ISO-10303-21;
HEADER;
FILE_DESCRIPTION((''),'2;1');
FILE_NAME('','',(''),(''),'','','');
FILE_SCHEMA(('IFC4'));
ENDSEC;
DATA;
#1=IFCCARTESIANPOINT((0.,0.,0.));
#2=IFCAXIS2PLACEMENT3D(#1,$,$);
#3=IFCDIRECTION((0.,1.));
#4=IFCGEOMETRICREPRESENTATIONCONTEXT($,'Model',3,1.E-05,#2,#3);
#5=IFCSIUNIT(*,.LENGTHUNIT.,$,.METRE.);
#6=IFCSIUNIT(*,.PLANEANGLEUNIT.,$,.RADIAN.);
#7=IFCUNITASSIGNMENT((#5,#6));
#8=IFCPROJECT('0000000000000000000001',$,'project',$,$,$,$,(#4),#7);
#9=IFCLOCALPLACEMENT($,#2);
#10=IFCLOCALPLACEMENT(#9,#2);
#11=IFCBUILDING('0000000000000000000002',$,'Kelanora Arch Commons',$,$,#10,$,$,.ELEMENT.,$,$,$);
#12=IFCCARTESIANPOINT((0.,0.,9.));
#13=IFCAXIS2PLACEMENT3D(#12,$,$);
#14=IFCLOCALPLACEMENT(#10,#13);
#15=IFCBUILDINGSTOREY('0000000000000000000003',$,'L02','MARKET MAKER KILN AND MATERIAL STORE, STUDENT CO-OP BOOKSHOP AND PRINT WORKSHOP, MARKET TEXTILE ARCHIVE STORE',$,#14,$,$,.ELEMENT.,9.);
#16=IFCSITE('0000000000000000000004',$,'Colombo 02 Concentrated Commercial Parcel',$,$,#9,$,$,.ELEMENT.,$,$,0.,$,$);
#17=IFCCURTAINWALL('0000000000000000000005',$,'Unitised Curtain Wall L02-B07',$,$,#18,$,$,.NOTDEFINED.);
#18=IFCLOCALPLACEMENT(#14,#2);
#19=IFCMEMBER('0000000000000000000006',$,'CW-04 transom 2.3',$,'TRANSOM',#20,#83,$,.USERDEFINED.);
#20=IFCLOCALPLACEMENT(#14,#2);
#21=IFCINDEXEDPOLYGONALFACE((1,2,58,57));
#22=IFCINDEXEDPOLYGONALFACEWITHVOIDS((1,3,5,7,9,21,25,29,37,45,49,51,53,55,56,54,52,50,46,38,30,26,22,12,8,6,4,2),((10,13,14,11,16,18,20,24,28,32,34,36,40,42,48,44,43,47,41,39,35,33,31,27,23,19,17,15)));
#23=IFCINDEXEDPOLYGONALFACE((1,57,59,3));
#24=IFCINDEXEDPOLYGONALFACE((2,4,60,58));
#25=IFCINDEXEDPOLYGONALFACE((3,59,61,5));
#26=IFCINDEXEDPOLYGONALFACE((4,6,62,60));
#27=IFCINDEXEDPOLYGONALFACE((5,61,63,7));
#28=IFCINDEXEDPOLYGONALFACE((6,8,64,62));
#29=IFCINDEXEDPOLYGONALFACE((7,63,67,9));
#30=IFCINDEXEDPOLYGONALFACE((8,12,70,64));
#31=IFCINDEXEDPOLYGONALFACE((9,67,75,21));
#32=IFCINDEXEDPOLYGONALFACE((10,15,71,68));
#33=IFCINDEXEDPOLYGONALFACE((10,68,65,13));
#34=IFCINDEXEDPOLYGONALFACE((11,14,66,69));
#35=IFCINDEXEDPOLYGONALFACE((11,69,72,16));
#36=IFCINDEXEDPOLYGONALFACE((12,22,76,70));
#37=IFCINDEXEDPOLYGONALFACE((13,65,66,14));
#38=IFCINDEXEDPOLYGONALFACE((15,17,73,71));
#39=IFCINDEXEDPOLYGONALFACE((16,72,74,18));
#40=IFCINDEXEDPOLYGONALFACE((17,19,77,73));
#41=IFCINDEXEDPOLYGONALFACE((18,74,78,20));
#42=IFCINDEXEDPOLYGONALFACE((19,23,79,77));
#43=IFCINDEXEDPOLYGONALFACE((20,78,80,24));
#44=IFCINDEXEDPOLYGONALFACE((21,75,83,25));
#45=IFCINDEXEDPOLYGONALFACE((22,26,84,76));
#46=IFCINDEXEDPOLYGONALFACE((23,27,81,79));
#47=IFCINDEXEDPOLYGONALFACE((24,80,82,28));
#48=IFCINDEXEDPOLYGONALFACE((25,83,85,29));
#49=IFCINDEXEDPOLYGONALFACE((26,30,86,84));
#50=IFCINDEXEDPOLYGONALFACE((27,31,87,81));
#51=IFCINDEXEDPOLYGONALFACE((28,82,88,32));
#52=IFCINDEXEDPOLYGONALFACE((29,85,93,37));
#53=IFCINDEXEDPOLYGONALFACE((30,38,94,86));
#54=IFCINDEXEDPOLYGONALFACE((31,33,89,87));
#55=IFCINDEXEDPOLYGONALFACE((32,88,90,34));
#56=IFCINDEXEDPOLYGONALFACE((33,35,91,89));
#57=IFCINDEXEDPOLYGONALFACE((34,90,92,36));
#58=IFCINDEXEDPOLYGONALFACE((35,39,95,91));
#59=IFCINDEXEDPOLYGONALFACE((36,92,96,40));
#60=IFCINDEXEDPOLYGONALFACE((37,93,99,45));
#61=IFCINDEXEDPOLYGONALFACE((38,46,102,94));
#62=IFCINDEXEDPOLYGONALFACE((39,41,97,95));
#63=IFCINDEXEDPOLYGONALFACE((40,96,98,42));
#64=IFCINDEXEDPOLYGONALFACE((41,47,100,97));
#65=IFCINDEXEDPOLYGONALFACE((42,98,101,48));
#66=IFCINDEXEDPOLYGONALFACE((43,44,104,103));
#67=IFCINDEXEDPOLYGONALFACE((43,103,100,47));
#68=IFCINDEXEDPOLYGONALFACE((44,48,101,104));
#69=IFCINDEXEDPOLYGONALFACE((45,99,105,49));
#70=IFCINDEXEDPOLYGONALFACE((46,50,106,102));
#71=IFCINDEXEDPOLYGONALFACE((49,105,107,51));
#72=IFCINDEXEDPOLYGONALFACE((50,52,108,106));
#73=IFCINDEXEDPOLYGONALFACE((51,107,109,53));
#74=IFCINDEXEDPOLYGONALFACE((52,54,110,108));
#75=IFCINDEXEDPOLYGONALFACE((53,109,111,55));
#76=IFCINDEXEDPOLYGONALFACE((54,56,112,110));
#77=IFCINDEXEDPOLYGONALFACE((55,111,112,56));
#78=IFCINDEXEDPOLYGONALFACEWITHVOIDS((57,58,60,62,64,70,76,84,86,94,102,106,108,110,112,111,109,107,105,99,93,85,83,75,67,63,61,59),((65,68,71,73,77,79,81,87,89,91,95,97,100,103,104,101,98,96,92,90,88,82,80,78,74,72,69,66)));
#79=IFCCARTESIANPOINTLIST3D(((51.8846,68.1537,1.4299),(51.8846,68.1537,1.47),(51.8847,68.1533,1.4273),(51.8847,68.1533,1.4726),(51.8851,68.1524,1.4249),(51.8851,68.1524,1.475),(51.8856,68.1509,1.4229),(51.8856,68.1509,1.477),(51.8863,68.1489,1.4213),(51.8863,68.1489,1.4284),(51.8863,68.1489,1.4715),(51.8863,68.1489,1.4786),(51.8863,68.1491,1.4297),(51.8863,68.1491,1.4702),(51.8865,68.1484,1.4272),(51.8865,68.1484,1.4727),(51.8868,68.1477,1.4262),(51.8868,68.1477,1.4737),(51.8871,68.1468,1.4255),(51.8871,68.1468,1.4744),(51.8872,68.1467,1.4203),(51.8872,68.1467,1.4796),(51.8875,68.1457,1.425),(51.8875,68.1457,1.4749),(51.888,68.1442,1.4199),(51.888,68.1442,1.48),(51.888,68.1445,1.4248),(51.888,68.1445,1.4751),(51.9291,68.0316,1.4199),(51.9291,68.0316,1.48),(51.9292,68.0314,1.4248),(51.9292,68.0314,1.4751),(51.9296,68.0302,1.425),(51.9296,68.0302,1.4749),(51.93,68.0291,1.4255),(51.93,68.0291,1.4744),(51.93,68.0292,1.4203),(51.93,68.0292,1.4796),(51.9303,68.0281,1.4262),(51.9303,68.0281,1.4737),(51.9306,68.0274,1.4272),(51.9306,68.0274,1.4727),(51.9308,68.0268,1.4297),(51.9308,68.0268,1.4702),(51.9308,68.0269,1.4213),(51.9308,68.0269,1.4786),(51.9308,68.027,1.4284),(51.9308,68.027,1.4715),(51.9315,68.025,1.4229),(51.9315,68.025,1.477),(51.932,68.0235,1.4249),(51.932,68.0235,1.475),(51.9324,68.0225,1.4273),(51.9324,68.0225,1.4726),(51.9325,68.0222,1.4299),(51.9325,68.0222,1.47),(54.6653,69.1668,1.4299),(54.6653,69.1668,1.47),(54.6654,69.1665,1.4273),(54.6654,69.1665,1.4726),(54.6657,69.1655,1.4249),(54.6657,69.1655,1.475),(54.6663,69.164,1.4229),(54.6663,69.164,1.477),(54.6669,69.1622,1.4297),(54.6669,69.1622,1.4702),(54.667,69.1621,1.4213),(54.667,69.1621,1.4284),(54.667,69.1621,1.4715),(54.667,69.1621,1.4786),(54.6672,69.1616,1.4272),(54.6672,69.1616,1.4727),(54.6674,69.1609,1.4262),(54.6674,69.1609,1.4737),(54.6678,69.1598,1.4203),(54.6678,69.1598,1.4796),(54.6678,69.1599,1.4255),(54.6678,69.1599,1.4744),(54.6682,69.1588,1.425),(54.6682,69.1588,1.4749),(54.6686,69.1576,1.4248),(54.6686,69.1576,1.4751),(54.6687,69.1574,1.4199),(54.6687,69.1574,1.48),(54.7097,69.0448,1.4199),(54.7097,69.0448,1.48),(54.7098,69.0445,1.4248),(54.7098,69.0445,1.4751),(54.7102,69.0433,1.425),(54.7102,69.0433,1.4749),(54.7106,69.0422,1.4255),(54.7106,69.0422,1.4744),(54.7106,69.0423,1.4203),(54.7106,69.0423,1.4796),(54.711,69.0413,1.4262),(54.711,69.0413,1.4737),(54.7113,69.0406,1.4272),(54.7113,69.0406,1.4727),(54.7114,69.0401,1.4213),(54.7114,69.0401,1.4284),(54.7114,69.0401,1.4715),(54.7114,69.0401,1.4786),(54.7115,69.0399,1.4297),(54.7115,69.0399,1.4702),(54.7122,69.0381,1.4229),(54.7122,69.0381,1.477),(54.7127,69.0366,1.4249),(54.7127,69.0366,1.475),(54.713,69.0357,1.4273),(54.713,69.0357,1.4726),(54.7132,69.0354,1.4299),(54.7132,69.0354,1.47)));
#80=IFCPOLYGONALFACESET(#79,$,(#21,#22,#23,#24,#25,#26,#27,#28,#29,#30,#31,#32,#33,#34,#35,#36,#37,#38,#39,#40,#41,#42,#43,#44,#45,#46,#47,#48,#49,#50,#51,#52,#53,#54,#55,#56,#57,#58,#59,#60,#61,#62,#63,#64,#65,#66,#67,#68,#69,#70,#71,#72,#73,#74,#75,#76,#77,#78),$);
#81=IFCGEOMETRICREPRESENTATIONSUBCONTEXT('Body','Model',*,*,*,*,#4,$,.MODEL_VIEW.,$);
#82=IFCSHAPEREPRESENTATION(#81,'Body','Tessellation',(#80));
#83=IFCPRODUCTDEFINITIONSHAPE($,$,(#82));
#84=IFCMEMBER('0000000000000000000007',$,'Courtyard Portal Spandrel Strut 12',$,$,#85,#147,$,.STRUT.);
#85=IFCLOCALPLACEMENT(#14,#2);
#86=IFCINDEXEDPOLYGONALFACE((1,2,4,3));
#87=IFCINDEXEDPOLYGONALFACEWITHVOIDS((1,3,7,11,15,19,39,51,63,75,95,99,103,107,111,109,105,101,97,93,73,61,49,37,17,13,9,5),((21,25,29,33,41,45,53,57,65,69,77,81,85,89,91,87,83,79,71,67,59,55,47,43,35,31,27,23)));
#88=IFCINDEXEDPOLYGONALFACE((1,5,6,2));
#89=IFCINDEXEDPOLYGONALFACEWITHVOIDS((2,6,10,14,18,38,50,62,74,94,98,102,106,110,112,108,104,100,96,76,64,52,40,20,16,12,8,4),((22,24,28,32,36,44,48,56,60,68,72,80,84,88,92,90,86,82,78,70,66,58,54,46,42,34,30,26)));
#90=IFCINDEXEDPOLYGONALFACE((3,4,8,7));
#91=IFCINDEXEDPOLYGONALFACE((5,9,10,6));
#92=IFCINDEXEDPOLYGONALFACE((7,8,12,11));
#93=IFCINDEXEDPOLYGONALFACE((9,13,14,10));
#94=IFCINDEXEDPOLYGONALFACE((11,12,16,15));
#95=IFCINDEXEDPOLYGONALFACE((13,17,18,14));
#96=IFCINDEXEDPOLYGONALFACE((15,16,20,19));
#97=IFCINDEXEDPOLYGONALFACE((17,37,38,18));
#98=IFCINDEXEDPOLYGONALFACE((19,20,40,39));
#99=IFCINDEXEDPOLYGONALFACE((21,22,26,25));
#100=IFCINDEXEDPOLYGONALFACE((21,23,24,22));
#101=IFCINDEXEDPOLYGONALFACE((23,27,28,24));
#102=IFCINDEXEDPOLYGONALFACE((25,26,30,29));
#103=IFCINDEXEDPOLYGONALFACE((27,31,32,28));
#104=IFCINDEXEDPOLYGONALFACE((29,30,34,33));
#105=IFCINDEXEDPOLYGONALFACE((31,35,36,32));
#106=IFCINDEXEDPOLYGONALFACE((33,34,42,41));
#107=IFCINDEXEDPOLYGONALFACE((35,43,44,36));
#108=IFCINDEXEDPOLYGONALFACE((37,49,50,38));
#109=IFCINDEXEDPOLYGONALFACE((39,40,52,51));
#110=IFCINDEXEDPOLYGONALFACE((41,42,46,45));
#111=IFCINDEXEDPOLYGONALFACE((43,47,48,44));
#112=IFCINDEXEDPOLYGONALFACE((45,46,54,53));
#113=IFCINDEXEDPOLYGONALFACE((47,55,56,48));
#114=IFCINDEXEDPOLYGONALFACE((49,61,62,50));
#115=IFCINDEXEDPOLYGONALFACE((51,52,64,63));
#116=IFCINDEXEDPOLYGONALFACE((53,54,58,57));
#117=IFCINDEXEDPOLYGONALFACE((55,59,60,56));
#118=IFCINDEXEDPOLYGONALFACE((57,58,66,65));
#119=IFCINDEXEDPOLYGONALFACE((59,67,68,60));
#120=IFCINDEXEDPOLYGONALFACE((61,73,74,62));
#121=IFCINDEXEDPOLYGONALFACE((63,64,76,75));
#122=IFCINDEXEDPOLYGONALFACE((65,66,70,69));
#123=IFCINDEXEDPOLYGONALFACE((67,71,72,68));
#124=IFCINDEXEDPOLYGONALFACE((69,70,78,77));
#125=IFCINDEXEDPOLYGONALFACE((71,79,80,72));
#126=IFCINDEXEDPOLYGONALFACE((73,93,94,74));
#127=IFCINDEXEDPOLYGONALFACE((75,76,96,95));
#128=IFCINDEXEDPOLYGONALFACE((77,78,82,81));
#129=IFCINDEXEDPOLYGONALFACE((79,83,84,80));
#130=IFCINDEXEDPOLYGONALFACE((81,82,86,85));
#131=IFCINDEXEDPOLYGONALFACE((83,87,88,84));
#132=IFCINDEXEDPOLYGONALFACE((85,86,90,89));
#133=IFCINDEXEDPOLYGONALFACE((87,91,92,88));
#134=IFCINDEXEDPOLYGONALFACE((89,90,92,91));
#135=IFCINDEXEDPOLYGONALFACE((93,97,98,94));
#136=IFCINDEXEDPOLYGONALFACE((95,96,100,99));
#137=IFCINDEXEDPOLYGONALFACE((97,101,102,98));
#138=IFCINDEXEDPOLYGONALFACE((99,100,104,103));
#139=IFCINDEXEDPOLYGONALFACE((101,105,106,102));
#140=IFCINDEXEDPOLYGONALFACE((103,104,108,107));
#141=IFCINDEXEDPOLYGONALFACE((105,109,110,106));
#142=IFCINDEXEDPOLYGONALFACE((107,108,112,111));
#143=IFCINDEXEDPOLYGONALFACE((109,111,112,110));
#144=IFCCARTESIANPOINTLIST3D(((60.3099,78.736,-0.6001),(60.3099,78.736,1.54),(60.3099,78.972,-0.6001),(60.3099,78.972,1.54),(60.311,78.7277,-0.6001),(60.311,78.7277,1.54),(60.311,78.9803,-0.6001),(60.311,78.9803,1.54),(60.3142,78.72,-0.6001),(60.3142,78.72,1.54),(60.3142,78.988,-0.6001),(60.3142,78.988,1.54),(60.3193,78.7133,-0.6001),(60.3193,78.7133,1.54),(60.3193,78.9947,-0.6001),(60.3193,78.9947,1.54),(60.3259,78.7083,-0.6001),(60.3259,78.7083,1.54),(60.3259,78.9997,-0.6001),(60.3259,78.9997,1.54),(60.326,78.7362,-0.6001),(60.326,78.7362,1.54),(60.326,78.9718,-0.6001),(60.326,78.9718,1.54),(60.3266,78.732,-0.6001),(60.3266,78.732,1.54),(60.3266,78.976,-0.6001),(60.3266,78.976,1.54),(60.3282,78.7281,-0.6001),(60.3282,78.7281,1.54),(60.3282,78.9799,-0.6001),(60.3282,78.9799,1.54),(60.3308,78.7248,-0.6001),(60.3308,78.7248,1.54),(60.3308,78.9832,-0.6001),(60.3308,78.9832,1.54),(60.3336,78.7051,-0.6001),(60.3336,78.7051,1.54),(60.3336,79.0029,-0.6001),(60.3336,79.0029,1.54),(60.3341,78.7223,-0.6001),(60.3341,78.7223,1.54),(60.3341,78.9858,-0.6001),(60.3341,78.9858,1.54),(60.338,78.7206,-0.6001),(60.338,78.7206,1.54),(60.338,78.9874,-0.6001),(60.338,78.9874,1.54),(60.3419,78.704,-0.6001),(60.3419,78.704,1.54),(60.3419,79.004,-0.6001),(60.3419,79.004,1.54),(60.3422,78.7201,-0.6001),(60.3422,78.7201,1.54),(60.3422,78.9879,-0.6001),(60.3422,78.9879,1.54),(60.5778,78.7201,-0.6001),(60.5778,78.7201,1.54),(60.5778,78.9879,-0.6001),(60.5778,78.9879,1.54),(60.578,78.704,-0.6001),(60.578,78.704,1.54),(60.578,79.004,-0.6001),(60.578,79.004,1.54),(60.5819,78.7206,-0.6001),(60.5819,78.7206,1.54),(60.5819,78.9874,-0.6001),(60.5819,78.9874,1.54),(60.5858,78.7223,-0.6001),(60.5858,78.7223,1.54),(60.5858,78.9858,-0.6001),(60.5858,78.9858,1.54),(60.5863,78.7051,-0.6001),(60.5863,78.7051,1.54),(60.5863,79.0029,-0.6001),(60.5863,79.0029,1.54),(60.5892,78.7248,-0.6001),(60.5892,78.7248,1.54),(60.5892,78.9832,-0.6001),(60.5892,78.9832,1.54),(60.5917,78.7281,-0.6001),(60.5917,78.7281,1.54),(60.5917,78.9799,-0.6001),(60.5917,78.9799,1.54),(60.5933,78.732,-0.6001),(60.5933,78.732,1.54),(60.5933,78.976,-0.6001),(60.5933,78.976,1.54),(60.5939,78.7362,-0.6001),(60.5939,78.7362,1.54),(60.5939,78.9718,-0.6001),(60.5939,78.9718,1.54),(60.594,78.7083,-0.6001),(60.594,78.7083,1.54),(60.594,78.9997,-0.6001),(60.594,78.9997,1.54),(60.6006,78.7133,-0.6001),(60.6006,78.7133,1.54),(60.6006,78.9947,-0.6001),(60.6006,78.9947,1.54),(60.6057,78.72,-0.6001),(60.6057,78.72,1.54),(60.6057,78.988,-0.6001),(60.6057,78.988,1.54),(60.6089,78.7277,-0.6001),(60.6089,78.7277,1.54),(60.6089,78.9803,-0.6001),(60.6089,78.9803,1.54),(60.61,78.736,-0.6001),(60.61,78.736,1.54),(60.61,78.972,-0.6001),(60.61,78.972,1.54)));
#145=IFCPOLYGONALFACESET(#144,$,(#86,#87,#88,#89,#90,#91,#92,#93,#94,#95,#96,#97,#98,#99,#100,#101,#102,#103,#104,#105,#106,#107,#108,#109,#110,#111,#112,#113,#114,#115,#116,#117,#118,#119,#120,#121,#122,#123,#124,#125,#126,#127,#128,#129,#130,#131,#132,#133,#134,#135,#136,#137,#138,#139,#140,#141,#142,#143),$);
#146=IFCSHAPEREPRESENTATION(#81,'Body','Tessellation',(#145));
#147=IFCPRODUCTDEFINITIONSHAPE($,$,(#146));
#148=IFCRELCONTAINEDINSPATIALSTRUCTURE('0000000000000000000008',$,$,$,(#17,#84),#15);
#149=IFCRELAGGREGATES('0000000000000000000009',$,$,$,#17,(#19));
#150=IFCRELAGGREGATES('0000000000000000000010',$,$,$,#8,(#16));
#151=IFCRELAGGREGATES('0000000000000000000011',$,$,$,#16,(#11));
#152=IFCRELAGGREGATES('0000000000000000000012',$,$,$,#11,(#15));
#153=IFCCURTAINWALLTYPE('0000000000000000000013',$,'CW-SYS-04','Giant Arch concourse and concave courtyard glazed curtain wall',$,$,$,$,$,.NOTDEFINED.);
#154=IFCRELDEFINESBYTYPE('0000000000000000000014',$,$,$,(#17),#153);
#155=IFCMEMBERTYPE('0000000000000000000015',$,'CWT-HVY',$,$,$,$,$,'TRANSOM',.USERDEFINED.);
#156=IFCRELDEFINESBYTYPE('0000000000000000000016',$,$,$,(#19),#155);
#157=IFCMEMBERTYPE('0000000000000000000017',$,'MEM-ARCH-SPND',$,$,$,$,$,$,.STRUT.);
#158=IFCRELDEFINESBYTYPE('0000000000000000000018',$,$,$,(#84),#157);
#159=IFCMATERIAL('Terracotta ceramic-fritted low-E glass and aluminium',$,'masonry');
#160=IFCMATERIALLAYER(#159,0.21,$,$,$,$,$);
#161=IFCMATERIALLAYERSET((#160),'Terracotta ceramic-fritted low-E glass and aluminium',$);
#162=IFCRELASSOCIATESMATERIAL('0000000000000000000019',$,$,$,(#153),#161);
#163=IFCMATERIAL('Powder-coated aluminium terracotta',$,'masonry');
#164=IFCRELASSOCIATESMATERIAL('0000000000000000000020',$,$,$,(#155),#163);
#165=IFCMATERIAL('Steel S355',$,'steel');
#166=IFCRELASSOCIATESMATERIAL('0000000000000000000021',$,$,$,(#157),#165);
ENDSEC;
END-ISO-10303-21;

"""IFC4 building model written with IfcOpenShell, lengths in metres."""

from ifc_helpers import new_model, si_unit, direction, frame, origin, origin_2d, place, context, subcontext, project, spatial, hollow_rectangle, extrude, material, layer, layer_set, material_profile, profile_set, type_object, element, aggregate, save


model = new_model("IFC4")

# Units and contexts
model_context = context("Model", 3, precision=1e-05, world=origin(), true_north=direction((0.0, 1.0)))
body_context = subcontext(model_context, "Body", "Model", "MODEL_VIEW")
ifc_project = project(units=[si_unit("LENGTHUNIT", "METRE"), si_unit("PLANEANGLEUNIT", "RADIAN")], contexts=[model_context])

# Site, building, storey
site_placement = place(None, origin())
site = spatial("IfcSite", under=ifc_project, at=site_placement, Name="Colombo 02 Concentrated Commercial Parcel", CompositionType="ELEMENT", RefElevation=0.0)
building_placement = place(site_placement, origin())
building = spatial("IfcBuilding", under=site, at=building_placement, Name="Kelanora Arch Commons", CompositionType="ELEMENT")
storey_placement = place(building_placement, frame((0.0, 0.0, 9.0)))
storey = spatial("IfcBuildingStorey", under=building, at=storey_placement, Name="L02", Description="MARKET MAKER KILN AND MATERIAL STORE, STUDENT CO-OP BOOKSHOP AND PRINT WORKSHOP, MARKET TEXTILE ARCHIVE STORE", CompositionType="ELEMENT", Elevation=9.0)

# Shared definitions
ifc_material_1 = material(Name="Steel S355", Category="steel")

# Shared definitions
ifc_material_2 = material(Name="Terracotta ceramic-fritted low-E glass and aluminium", Category="masonry")
ifc_layer_1 = layer(ifc_material_2, 0.21)
ifc_layer_set_1 = layer_set([ifc_layer_1], Name="Terracotta ceramic-fritted low-E glass and aluminium")
curtain_wall_type = type_object("IfcCurtainWallType", Name="CW-SYS-04", Description="Giant Arch concourse and concave courtyard glazed curtain wall", PredefinedType="NOTDEFINED", material=ifc_layer_set_1)
ifc_material_3 = material(Name="Powder-coated aluminium terracotta", Category="masonry")

# Curtain wall, member
curtain_wall_1_placement = place(storey_placement, origin())
curtain_wall_1 = element("IfcCurtainWall", 1, at=curtain_wall_1_placement, inside=storey, type_object=curtain_wall_type, Name="Unitised Curtain Wall L02-B07", PredefinedType="NOTDEFINED")
ifc_material_profile_1 = material_profile(ifc_material_3, hollow_rectangle(XDim=0.1399, YDim=0.0601, WallThickness=0.0049, InnerFilletRadius=0.0049, OuterFilletRadius=0.01, at=origin_2d()), Name="CWT140x60")
ifc_profile_set_1 = profile_set([ifc_material_profile_1], Name="Powder-coated aluminium terracotta")
member_type_1 = type_object("IfcMemberType", Name="CWT-HVY", ElementType="TRANSOM", PredefinedType="USERDEFINED", material=ifc_profile_set_1)
member_1_placement = place(storey_placement, frame((54.6892, 69.1011, 1.45), z_axis=(-0.939576, -0.342339, 0.0), x_axis=(0.342339, -0.939576, 0.0)))
member_1 = element("IfcMember", 2, at=member_1_placement, type_object=member_type_1, Name="CW-04 transom 2.3", ObjectType="TRANSOM", PredefinedType="USERDEFINED", context=body_context, shape_type="SweptSolid", body=[
    extrude(hollow_rectangle(XDim=0.1399, YDim=0.0601, WallThickness=0.0049, InnerFilletRadius=0.0049, OuterFilletRadius=0.01, at=origin_2d()), origin(), (0.0, 0.0, 1.0), 2.9595),
])

# Member
ifc_material_profile_2 = material_profile(ifc_material_1, hollow_rectangle(XDim=0.3, YDim=0.3, WallThickness=0.0161, InnerFilletRadius=0.0161, OuterFilletRadius=0.032, at=origin_2d()), Name="SHS300x300x16")
ifc_profile_set_2 = profile_set([ifc_material_profile_2], Name="Steel S355")
member_type_2 = type_object("IfcMemberType", Name="MEM-ARCH-SPND", PredefinedType="STRUT", material=ifc_profile_set_2)
for number, where, z_axis, x_axis, name in (
    (3, (60.46, 78.854, -0.6001), (0.0, 0.0, 1.0), (1.0, 0.0, 0.0), "Courtyard Portal Spandrel Strut 12"),
):
    element("IfcMember", number, at=place(storey_placement, frame(where, z_axis=z_axis, x_axis=x_axis)), inside=storey, type_object=member_type_2, Name=name, PredefinedType="STRUT", context=body_context, shape_type="SweptSolid", body=[
        extrude(hollow_rectangle(XDim=0.3, YDim=0.3, WallThickness=0.0161, InnerFilletRadius=0.0161, OuterFilletRadius=0.032, at=origin_2d()), origin(), (0.0, 0.0, 1.0), 2.1401),
    ])

aggregate(curtain_wall_1, [member_1])

save(model, "model.ifc")
